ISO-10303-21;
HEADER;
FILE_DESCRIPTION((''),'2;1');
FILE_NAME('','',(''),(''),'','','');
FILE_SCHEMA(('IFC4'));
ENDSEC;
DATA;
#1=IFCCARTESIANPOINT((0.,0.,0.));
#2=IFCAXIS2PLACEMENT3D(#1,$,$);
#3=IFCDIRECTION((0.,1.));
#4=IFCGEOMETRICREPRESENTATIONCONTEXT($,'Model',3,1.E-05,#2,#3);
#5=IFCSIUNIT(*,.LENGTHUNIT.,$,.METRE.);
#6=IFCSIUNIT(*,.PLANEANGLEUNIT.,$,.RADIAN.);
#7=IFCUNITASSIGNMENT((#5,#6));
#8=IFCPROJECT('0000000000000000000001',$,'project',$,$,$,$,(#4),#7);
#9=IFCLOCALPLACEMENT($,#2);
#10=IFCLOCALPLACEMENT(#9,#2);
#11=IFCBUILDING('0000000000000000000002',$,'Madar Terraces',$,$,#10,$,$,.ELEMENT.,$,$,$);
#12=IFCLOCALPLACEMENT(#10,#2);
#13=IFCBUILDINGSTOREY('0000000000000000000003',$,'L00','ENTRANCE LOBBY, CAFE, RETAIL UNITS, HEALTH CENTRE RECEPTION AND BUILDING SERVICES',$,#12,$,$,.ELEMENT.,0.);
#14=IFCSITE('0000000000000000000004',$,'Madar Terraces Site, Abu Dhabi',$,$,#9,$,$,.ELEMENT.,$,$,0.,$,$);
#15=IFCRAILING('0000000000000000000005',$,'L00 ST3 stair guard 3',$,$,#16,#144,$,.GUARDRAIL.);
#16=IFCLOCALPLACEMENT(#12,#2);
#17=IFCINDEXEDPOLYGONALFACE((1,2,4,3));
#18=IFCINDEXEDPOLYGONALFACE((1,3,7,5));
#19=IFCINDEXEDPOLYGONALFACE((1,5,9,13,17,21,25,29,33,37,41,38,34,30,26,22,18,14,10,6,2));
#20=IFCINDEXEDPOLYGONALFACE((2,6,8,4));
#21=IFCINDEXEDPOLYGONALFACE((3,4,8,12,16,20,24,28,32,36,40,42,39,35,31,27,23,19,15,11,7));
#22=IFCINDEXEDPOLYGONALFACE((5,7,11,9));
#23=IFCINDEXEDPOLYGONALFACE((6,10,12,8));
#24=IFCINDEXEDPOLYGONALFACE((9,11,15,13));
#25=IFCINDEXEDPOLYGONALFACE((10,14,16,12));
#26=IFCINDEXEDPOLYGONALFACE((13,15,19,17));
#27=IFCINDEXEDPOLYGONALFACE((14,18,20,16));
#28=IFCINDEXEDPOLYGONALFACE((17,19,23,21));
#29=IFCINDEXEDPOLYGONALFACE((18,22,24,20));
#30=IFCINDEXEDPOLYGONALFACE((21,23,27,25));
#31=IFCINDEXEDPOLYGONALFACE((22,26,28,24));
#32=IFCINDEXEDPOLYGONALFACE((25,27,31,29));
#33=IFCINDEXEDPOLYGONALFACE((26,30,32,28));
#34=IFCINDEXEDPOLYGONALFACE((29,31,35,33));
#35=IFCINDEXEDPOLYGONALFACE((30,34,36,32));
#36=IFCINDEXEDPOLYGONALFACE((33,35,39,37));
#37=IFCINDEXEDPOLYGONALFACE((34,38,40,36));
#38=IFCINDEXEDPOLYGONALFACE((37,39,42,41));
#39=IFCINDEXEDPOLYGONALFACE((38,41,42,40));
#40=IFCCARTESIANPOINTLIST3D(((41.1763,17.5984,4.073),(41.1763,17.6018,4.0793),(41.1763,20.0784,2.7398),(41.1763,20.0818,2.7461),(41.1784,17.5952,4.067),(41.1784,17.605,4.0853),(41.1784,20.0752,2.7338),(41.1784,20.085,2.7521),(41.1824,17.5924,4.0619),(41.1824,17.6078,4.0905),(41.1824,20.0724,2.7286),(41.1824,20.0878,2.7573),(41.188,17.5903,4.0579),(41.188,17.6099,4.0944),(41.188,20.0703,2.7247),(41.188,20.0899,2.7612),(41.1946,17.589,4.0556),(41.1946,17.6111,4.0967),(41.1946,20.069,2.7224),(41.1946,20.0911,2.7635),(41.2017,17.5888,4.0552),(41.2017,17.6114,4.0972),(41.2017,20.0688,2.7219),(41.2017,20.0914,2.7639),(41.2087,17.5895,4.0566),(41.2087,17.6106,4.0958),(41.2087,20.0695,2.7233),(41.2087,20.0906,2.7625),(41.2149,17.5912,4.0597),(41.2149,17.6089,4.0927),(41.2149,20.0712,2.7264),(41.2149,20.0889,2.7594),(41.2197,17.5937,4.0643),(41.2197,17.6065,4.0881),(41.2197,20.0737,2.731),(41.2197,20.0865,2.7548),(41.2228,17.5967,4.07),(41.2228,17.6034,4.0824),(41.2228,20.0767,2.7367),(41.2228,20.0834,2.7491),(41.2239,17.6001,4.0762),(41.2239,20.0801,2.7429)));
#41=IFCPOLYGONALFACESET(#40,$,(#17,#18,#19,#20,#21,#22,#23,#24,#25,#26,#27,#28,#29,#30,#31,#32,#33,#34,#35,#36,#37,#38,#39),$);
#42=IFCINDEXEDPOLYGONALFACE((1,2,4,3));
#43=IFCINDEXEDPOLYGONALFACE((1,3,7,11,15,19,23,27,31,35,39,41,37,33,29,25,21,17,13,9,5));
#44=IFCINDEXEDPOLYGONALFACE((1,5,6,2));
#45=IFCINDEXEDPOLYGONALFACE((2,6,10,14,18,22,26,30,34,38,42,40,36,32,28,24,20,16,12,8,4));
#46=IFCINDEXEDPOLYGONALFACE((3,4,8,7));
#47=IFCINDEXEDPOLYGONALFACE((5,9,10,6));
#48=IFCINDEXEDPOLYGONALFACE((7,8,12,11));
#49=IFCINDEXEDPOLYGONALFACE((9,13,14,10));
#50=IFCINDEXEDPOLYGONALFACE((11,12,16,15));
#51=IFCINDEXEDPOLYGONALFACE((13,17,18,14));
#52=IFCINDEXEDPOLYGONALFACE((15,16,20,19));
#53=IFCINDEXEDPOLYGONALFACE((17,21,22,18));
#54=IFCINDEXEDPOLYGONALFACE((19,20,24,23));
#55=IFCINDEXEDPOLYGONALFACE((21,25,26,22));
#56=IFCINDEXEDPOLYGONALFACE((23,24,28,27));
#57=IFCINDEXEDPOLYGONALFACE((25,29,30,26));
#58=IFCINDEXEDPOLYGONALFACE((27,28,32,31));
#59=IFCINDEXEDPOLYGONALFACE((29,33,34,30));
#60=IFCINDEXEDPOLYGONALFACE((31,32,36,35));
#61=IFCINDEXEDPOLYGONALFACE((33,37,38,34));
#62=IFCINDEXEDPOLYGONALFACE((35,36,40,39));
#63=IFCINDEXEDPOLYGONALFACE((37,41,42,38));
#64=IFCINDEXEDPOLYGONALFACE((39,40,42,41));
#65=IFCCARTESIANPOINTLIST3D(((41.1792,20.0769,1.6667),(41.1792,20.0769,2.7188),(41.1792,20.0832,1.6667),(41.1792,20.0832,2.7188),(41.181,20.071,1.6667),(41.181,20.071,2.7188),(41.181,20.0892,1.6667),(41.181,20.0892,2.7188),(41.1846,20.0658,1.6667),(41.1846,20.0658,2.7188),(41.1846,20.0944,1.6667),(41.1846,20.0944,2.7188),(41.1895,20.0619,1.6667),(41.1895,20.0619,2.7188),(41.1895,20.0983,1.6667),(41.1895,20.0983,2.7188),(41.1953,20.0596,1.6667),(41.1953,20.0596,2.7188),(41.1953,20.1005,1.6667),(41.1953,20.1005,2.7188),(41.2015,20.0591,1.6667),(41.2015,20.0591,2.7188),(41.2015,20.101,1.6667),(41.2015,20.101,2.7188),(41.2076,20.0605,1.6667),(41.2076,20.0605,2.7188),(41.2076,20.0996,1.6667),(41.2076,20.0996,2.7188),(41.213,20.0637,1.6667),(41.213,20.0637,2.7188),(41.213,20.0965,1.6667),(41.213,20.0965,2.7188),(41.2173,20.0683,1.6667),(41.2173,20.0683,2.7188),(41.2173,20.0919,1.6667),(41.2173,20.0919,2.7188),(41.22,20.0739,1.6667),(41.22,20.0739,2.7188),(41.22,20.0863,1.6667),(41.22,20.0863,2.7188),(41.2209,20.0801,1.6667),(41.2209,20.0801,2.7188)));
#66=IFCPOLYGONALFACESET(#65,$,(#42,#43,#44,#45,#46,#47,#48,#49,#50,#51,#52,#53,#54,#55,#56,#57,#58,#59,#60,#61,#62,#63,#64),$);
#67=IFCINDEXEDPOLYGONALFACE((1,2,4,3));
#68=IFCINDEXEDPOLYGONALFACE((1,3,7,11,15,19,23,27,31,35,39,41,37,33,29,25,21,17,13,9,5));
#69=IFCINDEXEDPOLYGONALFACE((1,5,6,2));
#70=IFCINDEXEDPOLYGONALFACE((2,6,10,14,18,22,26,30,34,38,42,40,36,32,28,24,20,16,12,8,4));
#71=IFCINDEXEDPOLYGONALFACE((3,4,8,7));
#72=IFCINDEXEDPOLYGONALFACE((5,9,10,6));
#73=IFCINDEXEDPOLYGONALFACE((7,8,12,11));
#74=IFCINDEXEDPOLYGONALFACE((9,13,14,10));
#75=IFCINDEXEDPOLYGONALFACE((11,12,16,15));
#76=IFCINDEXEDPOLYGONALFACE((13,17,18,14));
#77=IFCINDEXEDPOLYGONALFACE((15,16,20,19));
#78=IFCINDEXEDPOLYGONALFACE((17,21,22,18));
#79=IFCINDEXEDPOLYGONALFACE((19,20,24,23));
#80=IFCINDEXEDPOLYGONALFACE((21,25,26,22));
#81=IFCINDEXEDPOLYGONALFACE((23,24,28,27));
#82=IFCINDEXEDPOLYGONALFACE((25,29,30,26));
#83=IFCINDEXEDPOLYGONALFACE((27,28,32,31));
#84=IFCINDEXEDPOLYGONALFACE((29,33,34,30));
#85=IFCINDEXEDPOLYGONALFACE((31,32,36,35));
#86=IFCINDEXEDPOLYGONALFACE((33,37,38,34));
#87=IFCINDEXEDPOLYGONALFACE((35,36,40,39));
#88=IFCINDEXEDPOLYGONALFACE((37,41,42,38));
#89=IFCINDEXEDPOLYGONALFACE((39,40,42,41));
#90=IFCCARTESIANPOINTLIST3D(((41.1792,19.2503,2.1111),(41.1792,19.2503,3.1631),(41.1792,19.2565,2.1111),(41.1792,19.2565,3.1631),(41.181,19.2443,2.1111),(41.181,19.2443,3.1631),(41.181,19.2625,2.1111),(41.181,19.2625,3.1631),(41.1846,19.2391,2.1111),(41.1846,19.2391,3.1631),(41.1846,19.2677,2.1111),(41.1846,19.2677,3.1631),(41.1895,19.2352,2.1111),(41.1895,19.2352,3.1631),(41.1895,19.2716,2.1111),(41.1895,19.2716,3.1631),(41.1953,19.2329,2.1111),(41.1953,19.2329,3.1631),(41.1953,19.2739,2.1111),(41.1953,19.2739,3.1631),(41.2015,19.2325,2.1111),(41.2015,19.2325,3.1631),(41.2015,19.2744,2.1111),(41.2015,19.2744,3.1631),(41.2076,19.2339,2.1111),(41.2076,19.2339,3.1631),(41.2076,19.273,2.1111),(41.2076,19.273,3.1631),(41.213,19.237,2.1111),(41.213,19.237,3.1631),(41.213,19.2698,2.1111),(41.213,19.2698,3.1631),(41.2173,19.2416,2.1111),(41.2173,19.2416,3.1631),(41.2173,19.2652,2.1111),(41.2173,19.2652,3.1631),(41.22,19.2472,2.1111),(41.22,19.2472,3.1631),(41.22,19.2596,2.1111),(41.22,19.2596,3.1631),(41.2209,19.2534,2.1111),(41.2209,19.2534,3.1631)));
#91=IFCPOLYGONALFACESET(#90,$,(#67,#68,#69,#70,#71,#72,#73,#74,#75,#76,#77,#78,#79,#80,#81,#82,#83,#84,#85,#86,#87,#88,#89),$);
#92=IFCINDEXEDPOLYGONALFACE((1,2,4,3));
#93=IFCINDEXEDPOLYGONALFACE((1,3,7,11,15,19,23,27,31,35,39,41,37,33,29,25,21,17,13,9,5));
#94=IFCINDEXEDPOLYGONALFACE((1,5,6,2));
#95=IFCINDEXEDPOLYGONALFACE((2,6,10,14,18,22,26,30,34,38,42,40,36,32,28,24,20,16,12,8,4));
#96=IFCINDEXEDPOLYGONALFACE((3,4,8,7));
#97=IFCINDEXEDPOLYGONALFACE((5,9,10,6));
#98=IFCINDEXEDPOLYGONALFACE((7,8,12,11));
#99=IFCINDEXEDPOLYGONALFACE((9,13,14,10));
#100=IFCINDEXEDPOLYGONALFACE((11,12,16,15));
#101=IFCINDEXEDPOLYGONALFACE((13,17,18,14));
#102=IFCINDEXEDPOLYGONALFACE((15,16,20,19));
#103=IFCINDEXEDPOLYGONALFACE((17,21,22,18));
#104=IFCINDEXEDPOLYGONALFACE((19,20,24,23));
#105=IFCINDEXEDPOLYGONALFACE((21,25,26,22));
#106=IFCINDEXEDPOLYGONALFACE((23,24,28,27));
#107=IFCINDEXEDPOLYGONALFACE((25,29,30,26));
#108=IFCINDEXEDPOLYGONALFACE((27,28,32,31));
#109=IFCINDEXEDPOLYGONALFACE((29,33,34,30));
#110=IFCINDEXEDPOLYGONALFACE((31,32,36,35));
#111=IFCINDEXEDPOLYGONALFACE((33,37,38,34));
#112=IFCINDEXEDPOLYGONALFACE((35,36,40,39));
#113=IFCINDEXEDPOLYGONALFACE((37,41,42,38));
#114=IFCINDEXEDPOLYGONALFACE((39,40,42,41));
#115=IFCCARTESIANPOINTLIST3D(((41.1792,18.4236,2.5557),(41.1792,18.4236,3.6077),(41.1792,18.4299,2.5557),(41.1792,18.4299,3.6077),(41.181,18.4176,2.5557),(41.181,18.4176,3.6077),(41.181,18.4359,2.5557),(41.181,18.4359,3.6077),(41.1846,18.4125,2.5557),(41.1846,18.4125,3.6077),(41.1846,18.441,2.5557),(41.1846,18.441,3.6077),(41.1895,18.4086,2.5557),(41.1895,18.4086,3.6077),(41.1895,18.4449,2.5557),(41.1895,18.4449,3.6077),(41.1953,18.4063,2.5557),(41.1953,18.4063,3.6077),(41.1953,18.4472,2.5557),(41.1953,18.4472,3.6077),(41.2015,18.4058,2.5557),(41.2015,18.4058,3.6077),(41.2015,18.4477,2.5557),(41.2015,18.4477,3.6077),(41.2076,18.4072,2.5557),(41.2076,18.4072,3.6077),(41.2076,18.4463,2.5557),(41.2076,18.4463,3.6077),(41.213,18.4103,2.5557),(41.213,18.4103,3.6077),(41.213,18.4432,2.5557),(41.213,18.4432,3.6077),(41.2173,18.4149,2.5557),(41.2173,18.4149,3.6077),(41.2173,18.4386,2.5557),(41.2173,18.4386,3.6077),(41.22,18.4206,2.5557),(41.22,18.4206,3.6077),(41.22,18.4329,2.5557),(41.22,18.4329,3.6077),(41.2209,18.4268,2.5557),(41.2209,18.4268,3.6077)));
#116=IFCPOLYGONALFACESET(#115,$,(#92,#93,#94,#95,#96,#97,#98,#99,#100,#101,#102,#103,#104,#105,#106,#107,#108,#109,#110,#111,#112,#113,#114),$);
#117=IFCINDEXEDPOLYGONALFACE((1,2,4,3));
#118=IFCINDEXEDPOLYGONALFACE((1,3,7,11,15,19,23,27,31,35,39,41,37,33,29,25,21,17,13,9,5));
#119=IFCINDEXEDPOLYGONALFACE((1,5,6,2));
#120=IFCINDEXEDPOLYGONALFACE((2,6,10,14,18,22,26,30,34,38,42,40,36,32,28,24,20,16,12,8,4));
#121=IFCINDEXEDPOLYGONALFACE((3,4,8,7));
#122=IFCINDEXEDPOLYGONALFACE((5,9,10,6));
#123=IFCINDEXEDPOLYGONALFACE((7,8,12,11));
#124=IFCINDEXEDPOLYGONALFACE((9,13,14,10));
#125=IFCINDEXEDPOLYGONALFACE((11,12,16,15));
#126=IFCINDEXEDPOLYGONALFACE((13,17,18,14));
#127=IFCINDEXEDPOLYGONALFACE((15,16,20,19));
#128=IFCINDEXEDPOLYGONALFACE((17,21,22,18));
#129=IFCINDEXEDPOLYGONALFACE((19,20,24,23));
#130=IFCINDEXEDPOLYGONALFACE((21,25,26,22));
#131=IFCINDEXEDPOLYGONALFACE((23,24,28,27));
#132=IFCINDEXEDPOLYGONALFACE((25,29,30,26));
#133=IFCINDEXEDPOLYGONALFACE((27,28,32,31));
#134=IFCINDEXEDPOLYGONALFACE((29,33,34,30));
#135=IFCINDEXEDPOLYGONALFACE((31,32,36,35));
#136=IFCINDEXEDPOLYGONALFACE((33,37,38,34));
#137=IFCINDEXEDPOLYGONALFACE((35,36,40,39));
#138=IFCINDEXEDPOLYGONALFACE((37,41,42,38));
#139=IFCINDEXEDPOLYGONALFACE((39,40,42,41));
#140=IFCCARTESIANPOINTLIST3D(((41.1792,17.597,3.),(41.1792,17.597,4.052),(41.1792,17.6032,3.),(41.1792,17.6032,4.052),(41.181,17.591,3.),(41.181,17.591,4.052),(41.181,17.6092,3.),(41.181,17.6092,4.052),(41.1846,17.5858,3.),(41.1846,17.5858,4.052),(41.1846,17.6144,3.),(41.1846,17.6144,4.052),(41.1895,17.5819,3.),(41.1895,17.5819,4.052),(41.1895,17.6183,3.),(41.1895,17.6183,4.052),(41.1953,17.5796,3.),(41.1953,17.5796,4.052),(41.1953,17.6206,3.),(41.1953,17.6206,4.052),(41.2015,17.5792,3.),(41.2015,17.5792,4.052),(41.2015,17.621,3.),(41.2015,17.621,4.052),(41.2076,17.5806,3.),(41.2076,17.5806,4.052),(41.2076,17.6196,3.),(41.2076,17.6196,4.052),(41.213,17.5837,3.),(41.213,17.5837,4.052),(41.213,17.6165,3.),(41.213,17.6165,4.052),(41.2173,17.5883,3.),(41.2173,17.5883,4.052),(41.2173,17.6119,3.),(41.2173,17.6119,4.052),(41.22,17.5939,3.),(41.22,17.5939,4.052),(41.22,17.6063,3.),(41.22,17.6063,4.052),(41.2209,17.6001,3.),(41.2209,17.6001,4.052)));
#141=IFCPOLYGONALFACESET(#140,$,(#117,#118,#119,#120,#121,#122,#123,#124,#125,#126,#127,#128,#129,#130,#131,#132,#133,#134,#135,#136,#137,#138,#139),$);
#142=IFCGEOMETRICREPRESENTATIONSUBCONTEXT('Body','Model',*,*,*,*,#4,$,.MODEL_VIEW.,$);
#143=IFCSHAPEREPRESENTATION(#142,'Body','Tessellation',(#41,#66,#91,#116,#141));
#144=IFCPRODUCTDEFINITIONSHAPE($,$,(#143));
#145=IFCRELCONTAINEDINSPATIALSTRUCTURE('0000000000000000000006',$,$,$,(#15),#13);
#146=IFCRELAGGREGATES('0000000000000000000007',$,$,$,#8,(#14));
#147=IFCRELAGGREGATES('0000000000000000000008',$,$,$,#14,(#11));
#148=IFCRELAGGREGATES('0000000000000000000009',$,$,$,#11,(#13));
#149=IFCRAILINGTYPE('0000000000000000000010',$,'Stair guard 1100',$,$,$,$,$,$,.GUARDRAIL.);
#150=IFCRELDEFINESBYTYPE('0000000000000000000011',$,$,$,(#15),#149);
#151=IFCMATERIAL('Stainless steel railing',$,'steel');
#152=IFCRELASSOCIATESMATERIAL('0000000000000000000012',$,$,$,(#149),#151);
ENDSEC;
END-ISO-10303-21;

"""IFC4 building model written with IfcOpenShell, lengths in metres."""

from ifc_helpers import new_model, si_unit, direction, frame, origin, origin_2d, place, context, subcontext, project, spatial, circle, extrude, material, type_object, element, save


model = new_model("IFC4")

# Units and contexts
model_context = context("Model", 3, precision=1e-05, world=origin(), true_north=direction((0.0, 1.0)))
body_context = subcontext(model_context, "Body", "Model", "MODEL_VIEW")
ifc_project = project(units=[si_unit("LENGTHUNIT", "METRE"), si_unit("PLANEANGLEUNIT", "RADIAN")], contexts=[model_context])

# Site, building, storey
site_placement = place(None, origin())
site = spatial("IfcSite", under=ifc_project, at=site_placement, Name="Madar Terraces Site, Abu Dhabi", CompositionType="ELEMENT", RefElevation=0.0)
building_placement = place(site_placement, origin())
building = spatial("IfcBuilding", under=site, at=building_placement, Name="Madar Terraces", CompositionType="ELEMENT")
storey_placement = place(building_placement, origin())
storey = spatial("IfcBuildingStorey", under=building, at=storey_placement, Name="L00", Description="ENTRANCE LOBBY, CAFE, RETAIL UNITS, HEALTH CENTRE RECEPTION AND BUILDING SERVICES", CompositionType="ELEMENT", Elevation=0.0)

# Railing
ifc_material_1 = material(Name="Stainless steel railing", Category="steel")
railing_type = type_object("IfcRailingType", Name="Stair guard 1100", PredefinedType="GUARDRAIL", material=ifc_material_1)
railing_1_placement = place(storey_placement, frame((41.2, 20.0801, 1.6667)))
element("IfcRailing", 1, at=railing_1_placement, inside=storey, type_object=railing_type, Name="L00 ST3 stair guard 3", PredefinedType="GUARDRAIL", context=body_context, shape_type="SweptSolid", body=[
    extrude(circle(Radius=0.0239, at=origin_2d()), frame((0.0, 0.0, 1.0762), z_axis=(0.0, -0.880786, 0.473515), x_axis=(1.0, 0.0, 0.0)), (0.0, 0.0, 1.0), 2.8157),
    extrude(circle(Radius=0.021, at=origin_2d()), origin(), (0.0, 0.0, 1.0), 1.052),
    extrude(circle(Radius=0.021, at=origin_2d()), frame((0.0, -0.8267, 0.4443)), (0.0, 0.0, 1.0), 1.052),
    extrude(circle(Radius=0.021, at=origin_2d()), frame((0.0, -1.6533, 0.8889)), (0.0, 0.0, 1.0), 1.052),
    extrude(circle(Radius=0.021, at=origin_2d()), frame((0.0, -2.48, 1.3333)), (0.0, 0.0, 1.0), 1.052),
])

save(model, "model.ifc")
